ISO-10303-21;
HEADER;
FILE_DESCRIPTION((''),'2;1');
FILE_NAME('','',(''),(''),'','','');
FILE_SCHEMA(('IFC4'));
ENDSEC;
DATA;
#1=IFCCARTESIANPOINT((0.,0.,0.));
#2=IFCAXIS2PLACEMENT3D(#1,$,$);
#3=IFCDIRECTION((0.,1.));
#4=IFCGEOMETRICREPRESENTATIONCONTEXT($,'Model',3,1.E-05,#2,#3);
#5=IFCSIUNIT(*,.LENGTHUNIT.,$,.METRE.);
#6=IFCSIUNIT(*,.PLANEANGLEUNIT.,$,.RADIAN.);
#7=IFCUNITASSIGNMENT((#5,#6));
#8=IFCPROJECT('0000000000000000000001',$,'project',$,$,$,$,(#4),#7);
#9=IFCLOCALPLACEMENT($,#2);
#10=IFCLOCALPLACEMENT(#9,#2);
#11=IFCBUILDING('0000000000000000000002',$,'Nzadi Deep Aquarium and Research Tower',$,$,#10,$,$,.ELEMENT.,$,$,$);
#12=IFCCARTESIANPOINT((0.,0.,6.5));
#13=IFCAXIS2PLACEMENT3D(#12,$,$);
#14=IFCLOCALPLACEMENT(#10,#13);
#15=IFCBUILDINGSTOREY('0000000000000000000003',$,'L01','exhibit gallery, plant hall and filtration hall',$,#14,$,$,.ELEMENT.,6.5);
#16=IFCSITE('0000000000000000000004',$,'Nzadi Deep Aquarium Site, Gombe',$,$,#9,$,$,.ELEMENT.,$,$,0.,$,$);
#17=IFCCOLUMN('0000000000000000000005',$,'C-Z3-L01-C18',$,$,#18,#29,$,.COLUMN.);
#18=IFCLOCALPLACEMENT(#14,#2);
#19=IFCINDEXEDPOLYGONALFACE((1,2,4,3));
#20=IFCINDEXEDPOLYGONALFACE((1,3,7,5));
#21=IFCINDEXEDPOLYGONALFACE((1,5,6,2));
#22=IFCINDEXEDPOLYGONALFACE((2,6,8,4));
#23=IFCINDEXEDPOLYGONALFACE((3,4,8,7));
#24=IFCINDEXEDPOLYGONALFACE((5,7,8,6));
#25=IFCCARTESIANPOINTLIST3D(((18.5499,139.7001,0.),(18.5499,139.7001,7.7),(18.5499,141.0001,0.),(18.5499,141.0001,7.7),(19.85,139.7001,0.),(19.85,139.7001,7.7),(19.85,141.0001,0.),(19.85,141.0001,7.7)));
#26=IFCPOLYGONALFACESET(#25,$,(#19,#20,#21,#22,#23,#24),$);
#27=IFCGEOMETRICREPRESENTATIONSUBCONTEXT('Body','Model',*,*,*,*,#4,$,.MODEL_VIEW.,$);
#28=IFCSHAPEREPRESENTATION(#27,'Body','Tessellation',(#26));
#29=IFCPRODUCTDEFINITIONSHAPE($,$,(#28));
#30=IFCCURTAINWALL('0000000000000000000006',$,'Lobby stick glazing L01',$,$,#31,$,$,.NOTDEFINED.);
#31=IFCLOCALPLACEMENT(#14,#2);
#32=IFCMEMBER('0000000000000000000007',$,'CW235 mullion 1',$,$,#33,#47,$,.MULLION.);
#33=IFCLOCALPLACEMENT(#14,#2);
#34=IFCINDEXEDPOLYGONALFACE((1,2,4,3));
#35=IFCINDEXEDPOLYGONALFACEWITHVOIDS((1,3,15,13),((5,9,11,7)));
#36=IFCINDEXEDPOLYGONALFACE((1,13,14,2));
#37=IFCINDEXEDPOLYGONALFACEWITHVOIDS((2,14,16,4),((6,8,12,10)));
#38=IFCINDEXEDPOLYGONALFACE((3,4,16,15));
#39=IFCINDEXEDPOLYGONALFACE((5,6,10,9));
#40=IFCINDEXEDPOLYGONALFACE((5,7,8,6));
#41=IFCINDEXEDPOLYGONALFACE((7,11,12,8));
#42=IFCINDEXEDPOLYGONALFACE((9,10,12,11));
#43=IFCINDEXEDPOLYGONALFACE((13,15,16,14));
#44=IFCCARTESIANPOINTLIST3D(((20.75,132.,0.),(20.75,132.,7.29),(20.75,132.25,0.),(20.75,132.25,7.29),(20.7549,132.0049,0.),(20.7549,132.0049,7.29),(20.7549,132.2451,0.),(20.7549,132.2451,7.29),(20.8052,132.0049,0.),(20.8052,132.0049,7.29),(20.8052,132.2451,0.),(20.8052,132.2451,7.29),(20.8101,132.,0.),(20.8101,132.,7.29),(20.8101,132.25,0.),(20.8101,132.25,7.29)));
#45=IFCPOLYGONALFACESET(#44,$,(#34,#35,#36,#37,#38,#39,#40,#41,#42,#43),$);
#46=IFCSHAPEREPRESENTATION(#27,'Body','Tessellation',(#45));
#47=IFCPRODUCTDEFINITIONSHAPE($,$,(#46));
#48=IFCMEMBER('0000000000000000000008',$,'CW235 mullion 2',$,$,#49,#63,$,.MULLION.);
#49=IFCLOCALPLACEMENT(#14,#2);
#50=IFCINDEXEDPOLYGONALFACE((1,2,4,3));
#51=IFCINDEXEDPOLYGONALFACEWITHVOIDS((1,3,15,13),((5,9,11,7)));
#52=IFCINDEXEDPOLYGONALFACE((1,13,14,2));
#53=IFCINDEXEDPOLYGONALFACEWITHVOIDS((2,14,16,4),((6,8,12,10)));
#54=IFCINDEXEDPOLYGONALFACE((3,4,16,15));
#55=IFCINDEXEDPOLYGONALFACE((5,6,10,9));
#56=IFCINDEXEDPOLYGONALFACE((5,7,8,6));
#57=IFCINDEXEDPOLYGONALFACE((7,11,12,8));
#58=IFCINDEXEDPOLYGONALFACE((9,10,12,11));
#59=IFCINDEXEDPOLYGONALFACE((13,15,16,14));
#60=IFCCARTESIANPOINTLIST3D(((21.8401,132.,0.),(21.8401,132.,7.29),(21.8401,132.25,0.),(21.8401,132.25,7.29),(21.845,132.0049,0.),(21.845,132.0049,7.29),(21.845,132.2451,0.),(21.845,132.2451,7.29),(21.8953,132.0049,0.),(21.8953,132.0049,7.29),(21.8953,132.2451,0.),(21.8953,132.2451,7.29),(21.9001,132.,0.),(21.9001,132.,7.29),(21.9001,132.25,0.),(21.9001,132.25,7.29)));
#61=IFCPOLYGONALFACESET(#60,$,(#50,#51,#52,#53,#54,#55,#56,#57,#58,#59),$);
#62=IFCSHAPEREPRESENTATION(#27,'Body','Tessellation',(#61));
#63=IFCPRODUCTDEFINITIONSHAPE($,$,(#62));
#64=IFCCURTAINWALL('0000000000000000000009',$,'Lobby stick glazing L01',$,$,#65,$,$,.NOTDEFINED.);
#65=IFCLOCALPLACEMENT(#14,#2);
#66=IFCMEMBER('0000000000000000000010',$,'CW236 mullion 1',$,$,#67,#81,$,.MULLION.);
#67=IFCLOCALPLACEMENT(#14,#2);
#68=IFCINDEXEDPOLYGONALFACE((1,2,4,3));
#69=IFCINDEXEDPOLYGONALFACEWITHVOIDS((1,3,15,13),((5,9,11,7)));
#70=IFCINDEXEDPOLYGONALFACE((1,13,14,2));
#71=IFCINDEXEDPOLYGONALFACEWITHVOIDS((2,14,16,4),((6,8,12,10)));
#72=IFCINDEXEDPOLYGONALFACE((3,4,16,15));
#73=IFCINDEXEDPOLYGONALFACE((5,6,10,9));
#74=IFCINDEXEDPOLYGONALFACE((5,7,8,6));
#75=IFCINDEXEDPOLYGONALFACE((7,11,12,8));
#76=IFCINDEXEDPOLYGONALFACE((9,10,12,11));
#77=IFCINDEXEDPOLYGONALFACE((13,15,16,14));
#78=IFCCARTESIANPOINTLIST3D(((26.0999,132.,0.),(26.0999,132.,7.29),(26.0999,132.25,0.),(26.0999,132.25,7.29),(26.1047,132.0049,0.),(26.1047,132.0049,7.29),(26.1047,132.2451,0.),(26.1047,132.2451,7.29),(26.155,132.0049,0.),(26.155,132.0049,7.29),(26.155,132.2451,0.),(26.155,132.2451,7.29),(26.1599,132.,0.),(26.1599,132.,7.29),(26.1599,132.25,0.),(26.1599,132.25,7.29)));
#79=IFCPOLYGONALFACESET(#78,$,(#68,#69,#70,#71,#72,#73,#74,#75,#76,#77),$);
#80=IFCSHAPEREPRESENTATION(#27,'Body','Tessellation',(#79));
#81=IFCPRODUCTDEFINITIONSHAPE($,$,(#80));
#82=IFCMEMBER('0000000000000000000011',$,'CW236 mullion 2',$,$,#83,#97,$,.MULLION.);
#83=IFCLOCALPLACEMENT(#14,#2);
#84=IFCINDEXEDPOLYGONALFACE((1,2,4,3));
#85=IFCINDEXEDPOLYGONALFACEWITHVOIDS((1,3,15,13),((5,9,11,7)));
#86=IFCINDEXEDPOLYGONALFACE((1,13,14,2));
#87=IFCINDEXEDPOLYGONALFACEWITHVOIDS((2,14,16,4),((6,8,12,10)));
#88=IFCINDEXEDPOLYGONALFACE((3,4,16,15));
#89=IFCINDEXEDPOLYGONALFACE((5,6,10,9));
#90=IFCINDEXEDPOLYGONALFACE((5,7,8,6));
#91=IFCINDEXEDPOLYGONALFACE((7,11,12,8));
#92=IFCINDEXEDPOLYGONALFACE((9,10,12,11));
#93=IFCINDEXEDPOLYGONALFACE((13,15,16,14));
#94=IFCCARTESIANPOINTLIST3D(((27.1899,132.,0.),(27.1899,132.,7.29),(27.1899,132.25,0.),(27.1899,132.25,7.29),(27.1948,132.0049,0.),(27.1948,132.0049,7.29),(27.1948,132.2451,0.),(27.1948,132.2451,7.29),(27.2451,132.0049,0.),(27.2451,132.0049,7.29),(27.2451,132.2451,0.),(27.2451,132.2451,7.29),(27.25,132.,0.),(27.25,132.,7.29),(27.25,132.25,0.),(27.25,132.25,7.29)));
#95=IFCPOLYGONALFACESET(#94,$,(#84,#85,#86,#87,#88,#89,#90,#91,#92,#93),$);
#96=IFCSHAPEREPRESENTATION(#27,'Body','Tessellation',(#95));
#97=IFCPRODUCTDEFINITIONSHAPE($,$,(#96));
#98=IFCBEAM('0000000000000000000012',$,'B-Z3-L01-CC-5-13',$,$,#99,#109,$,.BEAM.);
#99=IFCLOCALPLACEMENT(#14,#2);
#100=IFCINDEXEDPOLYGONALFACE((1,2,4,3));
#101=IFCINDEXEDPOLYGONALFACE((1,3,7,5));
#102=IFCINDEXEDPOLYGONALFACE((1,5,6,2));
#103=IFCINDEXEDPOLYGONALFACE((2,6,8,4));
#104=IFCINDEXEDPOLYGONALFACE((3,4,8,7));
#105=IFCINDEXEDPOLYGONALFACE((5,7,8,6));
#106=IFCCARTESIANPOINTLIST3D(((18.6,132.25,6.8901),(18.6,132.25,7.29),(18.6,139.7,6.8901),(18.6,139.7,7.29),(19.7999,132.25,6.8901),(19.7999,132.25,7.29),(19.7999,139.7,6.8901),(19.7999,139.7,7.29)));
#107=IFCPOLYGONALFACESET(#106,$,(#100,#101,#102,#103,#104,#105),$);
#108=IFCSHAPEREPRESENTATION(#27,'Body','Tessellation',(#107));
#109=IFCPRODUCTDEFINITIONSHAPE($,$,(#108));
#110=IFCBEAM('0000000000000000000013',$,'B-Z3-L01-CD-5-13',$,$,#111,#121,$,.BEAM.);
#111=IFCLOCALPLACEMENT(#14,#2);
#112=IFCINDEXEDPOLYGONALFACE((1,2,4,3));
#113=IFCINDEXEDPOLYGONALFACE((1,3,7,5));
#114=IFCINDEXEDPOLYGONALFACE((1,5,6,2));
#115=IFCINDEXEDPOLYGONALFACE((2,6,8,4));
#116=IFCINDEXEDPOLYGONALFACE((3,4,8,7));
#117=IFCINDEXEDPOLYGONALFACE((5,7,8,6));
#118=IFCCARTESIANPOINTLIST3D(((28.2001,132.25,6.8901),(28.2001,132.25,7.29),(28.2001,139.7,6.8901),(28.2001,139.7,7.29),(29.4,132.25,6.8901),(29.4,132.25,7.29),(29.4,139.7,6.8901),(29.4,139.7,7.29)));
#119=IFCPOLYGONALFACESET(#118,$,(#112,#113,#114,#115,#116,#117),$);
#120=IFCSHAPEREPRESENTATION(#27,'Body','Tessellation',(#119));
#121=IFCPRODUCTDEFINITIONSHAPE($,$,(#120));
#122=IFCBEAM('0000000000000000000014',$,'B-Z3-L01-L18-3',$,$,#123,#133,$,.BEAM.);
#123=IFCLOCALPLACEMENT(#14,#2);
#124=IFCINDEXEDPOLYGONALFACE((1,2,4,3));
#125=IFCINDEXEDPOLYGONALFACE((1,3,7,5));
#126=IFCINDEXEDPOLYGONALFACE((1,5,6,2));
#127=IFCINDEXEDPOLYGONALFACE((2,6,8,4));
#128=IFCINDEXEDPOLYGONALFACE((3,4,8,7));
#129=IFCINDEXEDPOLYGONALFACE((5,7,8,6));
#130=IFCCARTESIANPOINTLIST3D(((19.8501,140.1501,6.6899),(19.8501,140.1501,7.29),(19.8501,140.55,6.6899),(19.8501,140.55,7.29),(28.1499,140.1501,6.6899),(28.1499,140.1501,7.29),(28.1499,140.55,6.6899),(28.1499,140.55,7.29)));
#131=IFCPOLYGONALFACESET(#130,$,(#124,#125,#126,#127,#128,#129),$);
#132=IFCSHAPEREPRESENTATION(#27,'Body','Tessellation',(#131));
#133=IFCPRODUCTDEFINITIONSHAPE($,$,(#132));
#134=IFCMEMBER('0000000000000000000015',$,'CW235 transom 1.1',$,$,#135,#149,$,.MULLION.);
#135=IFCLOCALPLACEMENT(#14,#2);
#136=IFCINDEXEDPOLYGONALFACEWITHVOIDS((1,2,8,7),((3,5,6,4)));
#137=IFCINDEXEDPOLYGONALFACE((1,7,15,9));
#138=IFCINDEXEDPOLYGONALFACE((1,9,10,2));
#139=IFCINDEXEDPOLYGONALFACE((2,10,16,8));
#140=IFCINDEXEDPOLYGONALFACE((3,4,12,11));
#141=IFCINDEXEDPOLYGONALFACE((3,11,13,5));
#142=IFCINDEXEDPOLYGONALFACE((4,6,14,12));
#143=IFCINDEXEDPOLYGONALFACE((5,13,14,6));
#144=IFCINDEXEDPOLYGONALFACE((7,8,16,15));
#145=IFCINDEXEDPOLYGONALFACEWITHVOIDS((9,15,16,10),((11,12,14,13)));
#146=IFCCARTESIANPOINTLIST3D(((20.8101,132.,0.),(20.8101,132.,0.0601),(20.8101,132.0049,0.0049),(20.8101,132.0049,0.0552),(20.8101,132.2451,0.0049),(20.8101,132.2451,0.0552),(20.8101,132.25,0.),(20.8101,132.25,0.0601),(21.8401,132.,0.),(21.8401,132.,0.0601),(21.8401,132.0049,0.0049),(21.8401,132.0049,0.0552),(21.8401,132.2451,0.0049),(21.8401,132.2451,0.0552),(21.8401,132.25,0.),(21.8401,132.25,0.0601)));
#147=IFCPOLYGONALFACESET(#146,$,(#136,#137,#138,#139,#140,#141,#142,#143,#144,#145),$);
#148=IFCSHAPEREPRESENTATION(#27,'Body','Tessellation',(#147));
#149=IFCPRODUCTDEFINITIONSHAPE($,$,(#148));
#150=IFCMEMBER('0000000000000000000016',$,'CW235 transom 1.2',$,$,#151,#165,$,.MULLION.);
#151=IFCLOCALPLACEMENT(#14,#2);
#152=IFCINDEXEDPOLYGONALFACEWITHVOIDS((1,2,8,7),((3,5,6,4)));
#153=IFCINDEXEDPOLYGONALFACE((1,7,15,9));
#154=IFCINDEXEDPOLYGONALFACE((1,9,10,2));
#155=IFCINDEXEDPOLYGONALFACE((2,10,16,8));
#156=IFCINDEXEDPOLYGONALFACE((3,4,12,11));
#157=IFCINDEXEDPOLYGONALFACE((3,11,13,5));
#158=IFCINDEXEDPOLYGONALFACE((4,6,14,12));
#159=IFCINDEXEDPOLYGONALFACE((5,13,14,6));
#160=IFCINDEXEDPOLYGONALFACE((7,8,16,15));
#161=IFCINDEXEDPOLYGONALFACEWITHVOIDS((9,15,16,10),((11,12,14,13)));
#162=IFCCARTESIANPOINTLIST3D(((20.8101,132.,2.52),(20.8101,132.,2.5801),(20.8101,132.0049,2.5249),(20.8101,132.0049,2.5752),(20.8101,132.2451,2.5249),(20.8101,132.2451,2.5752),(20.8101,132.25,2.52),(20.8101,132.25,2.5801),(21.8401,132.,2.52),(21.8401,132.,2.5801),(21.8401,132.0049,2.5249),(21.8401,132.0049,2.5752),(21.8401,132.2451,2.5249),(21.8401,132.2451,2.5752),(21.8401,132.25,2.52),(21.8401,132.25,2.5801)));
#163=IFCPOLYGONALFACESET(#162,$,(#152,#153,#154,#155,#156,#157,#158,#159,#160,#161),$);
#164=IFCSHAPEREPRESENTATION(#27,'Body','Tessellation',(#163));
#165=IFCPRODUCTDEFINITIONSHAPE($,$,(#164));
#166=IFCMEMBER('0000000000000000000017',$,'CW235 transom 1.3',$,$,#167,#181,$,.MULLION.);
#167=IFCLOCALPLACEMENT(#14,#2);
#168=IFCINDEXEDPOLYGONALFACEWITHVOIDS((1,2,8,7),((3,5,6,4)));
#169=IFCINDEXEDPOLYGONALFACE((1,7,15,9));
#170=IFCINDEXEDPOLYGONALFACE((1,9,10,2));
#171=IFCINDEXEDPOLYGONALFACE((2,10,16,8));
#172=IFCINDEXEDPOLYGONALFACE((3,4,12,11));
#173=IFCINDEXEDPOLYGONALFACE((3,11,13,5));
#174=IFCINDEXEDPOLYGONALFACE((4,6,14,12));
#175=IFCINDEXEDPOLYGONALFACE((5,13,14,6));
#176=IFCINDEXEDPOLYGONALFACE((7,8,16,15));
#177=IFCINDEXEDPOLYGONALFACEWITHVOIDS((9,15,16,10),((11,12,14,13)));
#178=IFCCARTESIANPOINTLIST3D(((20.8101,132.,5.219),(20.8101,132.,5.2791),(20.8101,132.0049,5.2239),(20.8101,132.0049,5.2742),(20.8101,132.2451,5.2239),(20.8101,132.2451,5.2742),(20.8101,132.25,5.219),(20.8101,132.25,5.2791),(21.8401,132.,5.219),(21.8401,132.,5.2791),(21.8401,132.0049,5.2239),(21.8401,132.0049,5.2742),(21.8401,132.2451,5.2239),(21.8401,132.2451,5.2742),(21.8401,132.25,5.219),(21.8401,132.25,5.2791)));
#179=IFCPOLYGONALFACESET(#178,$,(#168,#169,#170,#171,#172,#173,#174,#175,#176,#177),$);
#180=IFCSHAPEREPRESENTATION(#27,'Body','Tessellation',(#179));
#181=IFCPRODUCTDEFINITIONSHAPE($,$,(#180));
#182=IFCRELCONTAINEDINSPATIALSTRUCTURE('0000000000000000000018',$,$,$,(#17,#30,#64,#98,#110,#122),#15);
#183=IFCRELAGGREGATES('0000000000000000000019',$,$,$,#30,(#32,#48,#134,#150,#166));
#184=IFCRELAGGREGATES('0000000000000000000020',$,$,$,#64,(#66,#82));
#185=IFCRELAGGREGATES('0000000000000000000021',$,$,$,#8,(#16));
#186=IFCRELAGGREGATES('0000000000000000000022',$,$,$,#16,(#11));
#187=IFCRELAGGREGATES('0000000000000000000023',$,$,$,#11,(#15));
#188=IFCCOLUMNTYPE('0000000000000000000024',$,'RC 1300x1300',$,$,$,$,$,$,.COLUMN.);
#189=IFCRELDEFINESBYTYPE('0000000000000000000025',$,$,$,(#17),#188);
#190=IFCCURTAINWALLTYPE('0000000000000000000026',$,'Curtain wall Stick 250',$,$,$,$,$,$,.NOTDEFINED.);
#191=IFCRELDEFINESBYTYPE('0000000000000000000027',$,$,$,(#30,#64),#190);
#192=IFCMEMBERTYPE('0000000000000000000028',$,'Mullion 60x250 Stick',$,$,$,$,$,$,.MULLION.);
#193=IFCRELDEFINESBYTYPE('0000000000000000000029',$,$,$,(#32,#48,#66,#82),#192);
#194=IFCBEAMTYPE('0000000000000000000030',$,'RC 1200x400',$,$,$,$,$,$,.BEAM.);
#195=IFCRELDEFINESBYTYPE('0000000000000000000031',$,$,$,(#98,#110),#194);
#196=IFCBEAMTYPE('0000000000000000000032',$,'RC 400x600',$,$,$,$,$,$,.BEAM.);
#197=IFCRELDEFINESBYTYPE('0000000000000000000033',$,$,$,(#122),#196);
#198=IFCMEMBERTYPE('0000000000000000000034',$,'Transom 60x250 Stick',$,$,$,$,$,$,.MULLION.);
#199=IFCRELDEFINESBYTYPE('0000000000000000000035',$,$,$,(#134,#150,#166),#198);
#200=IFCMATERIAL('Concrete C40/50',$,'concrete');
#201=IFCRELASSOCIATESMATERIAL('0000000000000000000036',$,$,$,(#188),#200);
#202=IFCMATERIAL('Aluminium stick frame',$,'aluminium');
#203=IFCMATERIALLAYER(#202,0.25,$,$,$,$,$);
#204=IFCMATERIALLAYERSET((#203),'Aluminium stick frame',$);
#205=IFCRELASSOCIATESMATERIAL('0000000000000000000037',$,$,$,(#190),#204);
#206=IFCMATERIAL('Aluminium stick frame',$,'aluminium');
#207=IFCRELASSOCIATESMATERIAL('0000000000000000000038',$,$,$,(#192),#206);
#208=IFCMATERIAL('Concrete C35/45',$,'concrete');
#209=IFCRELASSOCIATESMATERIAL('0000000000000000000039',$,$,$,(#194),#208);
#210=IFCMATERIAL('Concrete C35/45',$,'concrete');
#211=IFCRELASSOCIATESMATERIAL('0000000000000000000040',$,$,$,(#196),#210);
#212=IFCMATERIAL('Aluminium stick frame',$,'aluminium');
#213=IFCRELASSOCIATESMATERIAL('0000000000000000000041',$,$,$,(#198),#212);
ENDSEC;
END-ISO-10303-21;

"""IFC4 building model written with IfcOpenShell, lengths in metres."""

from ifc_helpers import new_model, si_unit, direction, frame, origin, origin_2d, place, context, subcontext, project, spatial, rectangle, hollow_rectangle, extrude, material, layer, layer_set, material_profile, profile_set, type_object, element, aggregate, save


model = new_model("IFC4")

# Units and contexts
model_context = context("Model", 3, precision=1e-05, world=origin(), true_north=direction((0.0, 1.0)))
body_context = subcontext(model_context, "Body", "Model", "MODEL_VIEW")
ifc_project = project(units=[si_unit("LENGTHUNIT", "METRE"), si_unit("PLANEANGLEUNIT", "RADIAN")], contexts=[model_context])

# Site, building, storey
site_placement = place(None, origin())
site = spatial("IfcSite", under=ifc_project, at=site_placement, Name="Nzadi Deep Aquarium Site, Gombe", CompositionType="ELEMENT", RefElevation=0.0)
building_placement = place(site_placement, origin())
building = spatial("IfcBuilding", under=site, at=building_placement, Name="Nzadi Deep Aquarium and Research Tower", CompositionType="ELEMENT")
storey_placement = place(building_placement, frame((0.0, 0.0, 6.5)))
storey = spatial("IfcBuildingStorey", under=building, at=storey_placement, Name="L01", Description="exhibit gallery, plant hall and filtration hall", CompositionType="ELEMENT", Elevation=6.5)

# Column
ifc_material_1 = material(Name="Concrete C40/50", Category="concrete")
ifc_material_profile_1 = material_profile(ifc_material_1, rectangle(XDim=1.3, YDim=1.3, at=origin_2d()))
ifc_profile_set_1 = profile_set([ifc_material_profile_1], Name="Concrete C40/50")
column_type = type_object("IfcColumnType", Name="RC 1300x1300", PredefinedType="COLUMN", material=ifc_profile_set_1)
column_placement = place(storey_placement, frame((19.2, 140.3501, 0.0), z_axis=(0.0, 0.0, 1.0), x_axis=(1.0, 0.0, 0.0)))
element("IfcColumn", 1, at=column_placement, inside=storey, type_object=column_type, Name="C-Z3-L01-C18", PredefinedType="COLUMN", context=body_context, shape_type="SweptSolid", body=[
    extrude(rectangle(XDim=1.3, YDim=1.3, at=origin_2d()), origin(), (0.0, 0.0, 1.0), 7.7),
])

# Curtain walls, members
ifc_material_2 = material(Name="Aluminium stick frame", Category="aluminium")
ifc_layer_1 = layer(ifc_material_2, 0.25)
ifc_layer_set_1 = layer_set([ifc_layer_1], Name="Aluminium stick frame")
curtain_wall_type = type_object("IfcCurtainWallType", Name="Curtain wall Stick 250", PredefinedType="NOTDEFINED", material=ifc_layer_set_1)
curtain_wall_1_placement = place(storey_placement, origin())
curtain_wall_1 = element("IfcCurtainWall", 2, at=curtain_wall_1_placement, inside=storey, type_object=curtain_wall_type, Name="Lobby stick glazing L01", PredefinedType="NOTDEFINED")
ifc_material_3 = material(Name="Aluminium stick frame", Category="aluminium")
ifc_material_profile_2 = material_profile(ifc_material_3, hollow_rectangle(XDim=0.25, YDim=0.0601, WallThickness=0.0049, at=origin_2d()))
ifc_profile_set_2 = profile_set([ifc_material_profile_2], Name="Aluminium stick frame")
member_type_1 = type_object("IfcMemberType", Name="Mullion 60x250 Stick", PredefinedType="MULLION", material=ifc_profile_set_2)
member_1_placement = place(storey_placement, frame((20.78, 132.125, 0.0), z_axis=(0.0, 0.0, 1.0), x_axis=(0.0, 1.0, 0.0)))
member_1 = element("IfcMember", 3, at=member_1_placement, type_object=member_type_1, Name="CW235 mullion 1", PredefinedType="MULLION", context=body_context, shape_type="SweptSolid", body=[
    extrude(hollow_rectangle(XDim=0.25, YDim=0.0601, WallThickness=0.0049, at=origin_2d()), origin(), (0.0, 0.0, 1.0), 7.29),
])
member_2_placement = place(storey_placement, frame((21.8701, 132.125, 0.0), z_axis=(0.0, 0.0, 1.0), x_axis=(0.0, 1.0, 0.0)))
member_2 = element("IfcMember", 4, at=member_2_placement, type_object=member_type_1, Name="CW235 mullion 2", PredefinedType="MULLION", context=body_context, shape_type="SweptSolid", body=[
    extrude(hollow_rectangle(XDim=0.25, YDim=0.0601, WallThickness=0.0049, at=origin_2d()), origin(), (0.0, 0.0, 1.0), 7.29),
])
curtain_wall_2_placement = place(storey_placement, origin())
curtain_wall_2 = element("IfcCurtainWall", 5, at=curtain_wall_2_placement, inside=storey, type_object=curtain_wall_type, Name="Lobby stick glazing L01", PredefinedType="NOTDEFINED")
member_3_placement = place(storey_placement, frame((26.1299, 132.125, 0.0), z_axis=(0.0, 0.0, 1.0), x_axis=(0.0, 1.0, 0.0)))
member_3 = element("IfcMember", 6, at=member_3_placement, type_object=member_type_1, Name="CW236 mullion 1", PredefinedType="MULLION", context=body_context, shape_type="SweptSolid", body=[
    extrude(hollow_rectangle(XDim=0.25, YDim=0.0601, WallThickness=0.0049, at=origin_2d()), origin(), (0.0, 0.0, 1.0), 7.29),
])
member_4_placement = place(storey_placement, frame((27.22, 132.125, 0.0), z_axis=(0.0, 0.0, 1.0), x_axis=(0.0, 1.0, 0.0)))
member_4 = element("IfcMember", 7, at=member_4_placement, type_object=member_type_1, Name="CW236 mullion 2", PredefinedType="MULLION", context=body_context, shape_type="SweptSolid", body=[
    extrude(hollow_rectangle(XDim=0.25, YDim=0.0601, WallThickness=0.0049, at=origin_2d()), origin(), (0.0, 0.0, 1.0), 7.29),
])

# Beams
ifc_material_4 = material(Name="Concrete C35/45", Category="concrete")
ifc_material_profile_3 = material_profile(ifc_material_4, rectangle(XDim=1.2, YDim=0.3999, at=origin_2d()))
ifc_profile_set_3 = profile_set([ifc_material_profile_3], Name="Concrete C35/45")
beam_type_1 = type_object("IfcBeamType", Name="RC 1200x400", PredefinedType="BEAM", material=ifc_profile_set_3)
for number, where, z_axis, x_axis, name in (
    (8, (19.2, 132.25, 7.0901), (0.0, 1.0, 0.0), (-1.0, 0.0, 0.0), "B-Z3-L01-CC-5-13"),
    (9, (28.8, 132.25, 7.0901), (0.0, 1.0, 0.0), (-1.0, 0.0, 0.0), "B-Z3-L01-CD-5-13"),
):
    element("IfcBeam", number, at=place(storey_placement, frame(where, z_axis=z_axis, x_axis=x_axis)), inside=storey, type_object=beam_type_1, Name=name, PredefinedType="BEAM", context=body_context, shape_type="SweptSolid", body=[
        extrude(rectangle(XDim=1.2, YDim=0.3999, at=origin_2d()), origin(), (0.0, 0.0, 1.0), 7.45),
    ])
ifc_material_5 = material(Name="Concrete C35/45", Category="concrete")
ifc_material_profile_4 = material_profile(ifc_material_5, rectangle(XDim=0.3999, YDim=0.6001, at=origin_2d()))
ifc_profile_set_4 = profile_set([ifc_material_profile_4], Name="Concrete C35/45")
beam_type_2 = type_object("IfcBeamType", Name="RC 400x600", PredefinedType="BEAM", material=ifc_profile_set_4)
beam_placement = place(storey_placement, frame((19.8501, 140.3501, 6.99), z_axis=(1.0, 0.0, 0.0), x_axis=(0.0, 1.0, 0.0)))
element("IfcBeam", 10, at=beam_placement, inside=storey, type_object=beam_type_2, Name="B-Z3-L01-L18-3", PredefinedType="BEAM", context=body_context, shape_type="SweptSolid", body=[
    extrude(rectangle(XDim=0.3999, YDim=0.6001, at=origin_2d()), origin(), (0.0, 0.0, 1.0), 8.2998),
])

# Members
ifc_material_6 = material(Name="Aluminium stick frame", Category="aluminium")
ifc_material_profile_5 = material_profile(ifc_material_6, hollow_rectangle(XDim=0.25, YDim=0.0601, WallThickness=0.0049, at=origin_2d()))
ifc_profile_set_5 = profile_set([ifc_material_profile_5], Name="Aluminium stick frame")
member_type_2 = type_object("IfcMemberType", Name="Transom 60x250 Stick", PredefinedType="MULLION", material=ifc_profile_set_5)
member_5_placement = place(storey_placement, frame((20.8101, 132.125, 0.03), z_axis=(1.0, 0.0, 0.0), x_axis=(0.0, 1.0, 0.0)))
member_5 = element("IfcMember", 11, at=member_5_placement, type_object=member_type_2, Name="CW235 transom 1.1", PredefinedType="MULLION", context=body_context, shape_type="SweptSolid", body=[
    extrude(hollow_rectangle(XDim=0.25, YDim=0.0601, WallThickness=0.0049, at=origin_2d()), origin(), (0.0, 0.0, 1.0), 1.03),
])
member_6_placement = place(storey_placement, frame((20.8101, 132.125, 2.55), z_axis=(1.0, 0.0, 0.0), x_axis=(0.0, 1.0, 0.0)))
member_6 = element("IfcMember", 12, at=member_6_placement, type_object=member_type_2, Name="CW235 transom 1.2", PredefinedType="MULLION", context=body_context, shape_type="SweptSolid", body=[
    extrude(hollow_rectangle(XDim=0.25, YDim=0.0601, WallThickness=0.0049, at=origin_2d()), origin(), (0.0, 0.0, 1.0), 1.03),
])
member_7_placement = place(storey_placement, frame((20.8101, 132.125, 5.249), z_axis=(1.0, 0.0, 0.0), x_axis=(0.0, 1.0, 0.0)))
member_7 = element("IfcMember", 13, at=member_7_placement, type_object=member_type_2, Name="CW235 transom 1.3", PredefinedType="MULLION", context=body_context, shape_type="SweptSolid", body=[
    extrude(hollow_rectangle(XDim=0.25, YDim=0.0601, WallThickness=0.0049, at=origin_2d()), origin(), (0.0, 0.0, 1.0), 1.03),
])

aggregate(curtain_wall_1, [member_1, member_2, member_5, member_6, member_7])
aggregate(curtain_wall_2, [member_3, member_4])

save(model, "model.ifc")
